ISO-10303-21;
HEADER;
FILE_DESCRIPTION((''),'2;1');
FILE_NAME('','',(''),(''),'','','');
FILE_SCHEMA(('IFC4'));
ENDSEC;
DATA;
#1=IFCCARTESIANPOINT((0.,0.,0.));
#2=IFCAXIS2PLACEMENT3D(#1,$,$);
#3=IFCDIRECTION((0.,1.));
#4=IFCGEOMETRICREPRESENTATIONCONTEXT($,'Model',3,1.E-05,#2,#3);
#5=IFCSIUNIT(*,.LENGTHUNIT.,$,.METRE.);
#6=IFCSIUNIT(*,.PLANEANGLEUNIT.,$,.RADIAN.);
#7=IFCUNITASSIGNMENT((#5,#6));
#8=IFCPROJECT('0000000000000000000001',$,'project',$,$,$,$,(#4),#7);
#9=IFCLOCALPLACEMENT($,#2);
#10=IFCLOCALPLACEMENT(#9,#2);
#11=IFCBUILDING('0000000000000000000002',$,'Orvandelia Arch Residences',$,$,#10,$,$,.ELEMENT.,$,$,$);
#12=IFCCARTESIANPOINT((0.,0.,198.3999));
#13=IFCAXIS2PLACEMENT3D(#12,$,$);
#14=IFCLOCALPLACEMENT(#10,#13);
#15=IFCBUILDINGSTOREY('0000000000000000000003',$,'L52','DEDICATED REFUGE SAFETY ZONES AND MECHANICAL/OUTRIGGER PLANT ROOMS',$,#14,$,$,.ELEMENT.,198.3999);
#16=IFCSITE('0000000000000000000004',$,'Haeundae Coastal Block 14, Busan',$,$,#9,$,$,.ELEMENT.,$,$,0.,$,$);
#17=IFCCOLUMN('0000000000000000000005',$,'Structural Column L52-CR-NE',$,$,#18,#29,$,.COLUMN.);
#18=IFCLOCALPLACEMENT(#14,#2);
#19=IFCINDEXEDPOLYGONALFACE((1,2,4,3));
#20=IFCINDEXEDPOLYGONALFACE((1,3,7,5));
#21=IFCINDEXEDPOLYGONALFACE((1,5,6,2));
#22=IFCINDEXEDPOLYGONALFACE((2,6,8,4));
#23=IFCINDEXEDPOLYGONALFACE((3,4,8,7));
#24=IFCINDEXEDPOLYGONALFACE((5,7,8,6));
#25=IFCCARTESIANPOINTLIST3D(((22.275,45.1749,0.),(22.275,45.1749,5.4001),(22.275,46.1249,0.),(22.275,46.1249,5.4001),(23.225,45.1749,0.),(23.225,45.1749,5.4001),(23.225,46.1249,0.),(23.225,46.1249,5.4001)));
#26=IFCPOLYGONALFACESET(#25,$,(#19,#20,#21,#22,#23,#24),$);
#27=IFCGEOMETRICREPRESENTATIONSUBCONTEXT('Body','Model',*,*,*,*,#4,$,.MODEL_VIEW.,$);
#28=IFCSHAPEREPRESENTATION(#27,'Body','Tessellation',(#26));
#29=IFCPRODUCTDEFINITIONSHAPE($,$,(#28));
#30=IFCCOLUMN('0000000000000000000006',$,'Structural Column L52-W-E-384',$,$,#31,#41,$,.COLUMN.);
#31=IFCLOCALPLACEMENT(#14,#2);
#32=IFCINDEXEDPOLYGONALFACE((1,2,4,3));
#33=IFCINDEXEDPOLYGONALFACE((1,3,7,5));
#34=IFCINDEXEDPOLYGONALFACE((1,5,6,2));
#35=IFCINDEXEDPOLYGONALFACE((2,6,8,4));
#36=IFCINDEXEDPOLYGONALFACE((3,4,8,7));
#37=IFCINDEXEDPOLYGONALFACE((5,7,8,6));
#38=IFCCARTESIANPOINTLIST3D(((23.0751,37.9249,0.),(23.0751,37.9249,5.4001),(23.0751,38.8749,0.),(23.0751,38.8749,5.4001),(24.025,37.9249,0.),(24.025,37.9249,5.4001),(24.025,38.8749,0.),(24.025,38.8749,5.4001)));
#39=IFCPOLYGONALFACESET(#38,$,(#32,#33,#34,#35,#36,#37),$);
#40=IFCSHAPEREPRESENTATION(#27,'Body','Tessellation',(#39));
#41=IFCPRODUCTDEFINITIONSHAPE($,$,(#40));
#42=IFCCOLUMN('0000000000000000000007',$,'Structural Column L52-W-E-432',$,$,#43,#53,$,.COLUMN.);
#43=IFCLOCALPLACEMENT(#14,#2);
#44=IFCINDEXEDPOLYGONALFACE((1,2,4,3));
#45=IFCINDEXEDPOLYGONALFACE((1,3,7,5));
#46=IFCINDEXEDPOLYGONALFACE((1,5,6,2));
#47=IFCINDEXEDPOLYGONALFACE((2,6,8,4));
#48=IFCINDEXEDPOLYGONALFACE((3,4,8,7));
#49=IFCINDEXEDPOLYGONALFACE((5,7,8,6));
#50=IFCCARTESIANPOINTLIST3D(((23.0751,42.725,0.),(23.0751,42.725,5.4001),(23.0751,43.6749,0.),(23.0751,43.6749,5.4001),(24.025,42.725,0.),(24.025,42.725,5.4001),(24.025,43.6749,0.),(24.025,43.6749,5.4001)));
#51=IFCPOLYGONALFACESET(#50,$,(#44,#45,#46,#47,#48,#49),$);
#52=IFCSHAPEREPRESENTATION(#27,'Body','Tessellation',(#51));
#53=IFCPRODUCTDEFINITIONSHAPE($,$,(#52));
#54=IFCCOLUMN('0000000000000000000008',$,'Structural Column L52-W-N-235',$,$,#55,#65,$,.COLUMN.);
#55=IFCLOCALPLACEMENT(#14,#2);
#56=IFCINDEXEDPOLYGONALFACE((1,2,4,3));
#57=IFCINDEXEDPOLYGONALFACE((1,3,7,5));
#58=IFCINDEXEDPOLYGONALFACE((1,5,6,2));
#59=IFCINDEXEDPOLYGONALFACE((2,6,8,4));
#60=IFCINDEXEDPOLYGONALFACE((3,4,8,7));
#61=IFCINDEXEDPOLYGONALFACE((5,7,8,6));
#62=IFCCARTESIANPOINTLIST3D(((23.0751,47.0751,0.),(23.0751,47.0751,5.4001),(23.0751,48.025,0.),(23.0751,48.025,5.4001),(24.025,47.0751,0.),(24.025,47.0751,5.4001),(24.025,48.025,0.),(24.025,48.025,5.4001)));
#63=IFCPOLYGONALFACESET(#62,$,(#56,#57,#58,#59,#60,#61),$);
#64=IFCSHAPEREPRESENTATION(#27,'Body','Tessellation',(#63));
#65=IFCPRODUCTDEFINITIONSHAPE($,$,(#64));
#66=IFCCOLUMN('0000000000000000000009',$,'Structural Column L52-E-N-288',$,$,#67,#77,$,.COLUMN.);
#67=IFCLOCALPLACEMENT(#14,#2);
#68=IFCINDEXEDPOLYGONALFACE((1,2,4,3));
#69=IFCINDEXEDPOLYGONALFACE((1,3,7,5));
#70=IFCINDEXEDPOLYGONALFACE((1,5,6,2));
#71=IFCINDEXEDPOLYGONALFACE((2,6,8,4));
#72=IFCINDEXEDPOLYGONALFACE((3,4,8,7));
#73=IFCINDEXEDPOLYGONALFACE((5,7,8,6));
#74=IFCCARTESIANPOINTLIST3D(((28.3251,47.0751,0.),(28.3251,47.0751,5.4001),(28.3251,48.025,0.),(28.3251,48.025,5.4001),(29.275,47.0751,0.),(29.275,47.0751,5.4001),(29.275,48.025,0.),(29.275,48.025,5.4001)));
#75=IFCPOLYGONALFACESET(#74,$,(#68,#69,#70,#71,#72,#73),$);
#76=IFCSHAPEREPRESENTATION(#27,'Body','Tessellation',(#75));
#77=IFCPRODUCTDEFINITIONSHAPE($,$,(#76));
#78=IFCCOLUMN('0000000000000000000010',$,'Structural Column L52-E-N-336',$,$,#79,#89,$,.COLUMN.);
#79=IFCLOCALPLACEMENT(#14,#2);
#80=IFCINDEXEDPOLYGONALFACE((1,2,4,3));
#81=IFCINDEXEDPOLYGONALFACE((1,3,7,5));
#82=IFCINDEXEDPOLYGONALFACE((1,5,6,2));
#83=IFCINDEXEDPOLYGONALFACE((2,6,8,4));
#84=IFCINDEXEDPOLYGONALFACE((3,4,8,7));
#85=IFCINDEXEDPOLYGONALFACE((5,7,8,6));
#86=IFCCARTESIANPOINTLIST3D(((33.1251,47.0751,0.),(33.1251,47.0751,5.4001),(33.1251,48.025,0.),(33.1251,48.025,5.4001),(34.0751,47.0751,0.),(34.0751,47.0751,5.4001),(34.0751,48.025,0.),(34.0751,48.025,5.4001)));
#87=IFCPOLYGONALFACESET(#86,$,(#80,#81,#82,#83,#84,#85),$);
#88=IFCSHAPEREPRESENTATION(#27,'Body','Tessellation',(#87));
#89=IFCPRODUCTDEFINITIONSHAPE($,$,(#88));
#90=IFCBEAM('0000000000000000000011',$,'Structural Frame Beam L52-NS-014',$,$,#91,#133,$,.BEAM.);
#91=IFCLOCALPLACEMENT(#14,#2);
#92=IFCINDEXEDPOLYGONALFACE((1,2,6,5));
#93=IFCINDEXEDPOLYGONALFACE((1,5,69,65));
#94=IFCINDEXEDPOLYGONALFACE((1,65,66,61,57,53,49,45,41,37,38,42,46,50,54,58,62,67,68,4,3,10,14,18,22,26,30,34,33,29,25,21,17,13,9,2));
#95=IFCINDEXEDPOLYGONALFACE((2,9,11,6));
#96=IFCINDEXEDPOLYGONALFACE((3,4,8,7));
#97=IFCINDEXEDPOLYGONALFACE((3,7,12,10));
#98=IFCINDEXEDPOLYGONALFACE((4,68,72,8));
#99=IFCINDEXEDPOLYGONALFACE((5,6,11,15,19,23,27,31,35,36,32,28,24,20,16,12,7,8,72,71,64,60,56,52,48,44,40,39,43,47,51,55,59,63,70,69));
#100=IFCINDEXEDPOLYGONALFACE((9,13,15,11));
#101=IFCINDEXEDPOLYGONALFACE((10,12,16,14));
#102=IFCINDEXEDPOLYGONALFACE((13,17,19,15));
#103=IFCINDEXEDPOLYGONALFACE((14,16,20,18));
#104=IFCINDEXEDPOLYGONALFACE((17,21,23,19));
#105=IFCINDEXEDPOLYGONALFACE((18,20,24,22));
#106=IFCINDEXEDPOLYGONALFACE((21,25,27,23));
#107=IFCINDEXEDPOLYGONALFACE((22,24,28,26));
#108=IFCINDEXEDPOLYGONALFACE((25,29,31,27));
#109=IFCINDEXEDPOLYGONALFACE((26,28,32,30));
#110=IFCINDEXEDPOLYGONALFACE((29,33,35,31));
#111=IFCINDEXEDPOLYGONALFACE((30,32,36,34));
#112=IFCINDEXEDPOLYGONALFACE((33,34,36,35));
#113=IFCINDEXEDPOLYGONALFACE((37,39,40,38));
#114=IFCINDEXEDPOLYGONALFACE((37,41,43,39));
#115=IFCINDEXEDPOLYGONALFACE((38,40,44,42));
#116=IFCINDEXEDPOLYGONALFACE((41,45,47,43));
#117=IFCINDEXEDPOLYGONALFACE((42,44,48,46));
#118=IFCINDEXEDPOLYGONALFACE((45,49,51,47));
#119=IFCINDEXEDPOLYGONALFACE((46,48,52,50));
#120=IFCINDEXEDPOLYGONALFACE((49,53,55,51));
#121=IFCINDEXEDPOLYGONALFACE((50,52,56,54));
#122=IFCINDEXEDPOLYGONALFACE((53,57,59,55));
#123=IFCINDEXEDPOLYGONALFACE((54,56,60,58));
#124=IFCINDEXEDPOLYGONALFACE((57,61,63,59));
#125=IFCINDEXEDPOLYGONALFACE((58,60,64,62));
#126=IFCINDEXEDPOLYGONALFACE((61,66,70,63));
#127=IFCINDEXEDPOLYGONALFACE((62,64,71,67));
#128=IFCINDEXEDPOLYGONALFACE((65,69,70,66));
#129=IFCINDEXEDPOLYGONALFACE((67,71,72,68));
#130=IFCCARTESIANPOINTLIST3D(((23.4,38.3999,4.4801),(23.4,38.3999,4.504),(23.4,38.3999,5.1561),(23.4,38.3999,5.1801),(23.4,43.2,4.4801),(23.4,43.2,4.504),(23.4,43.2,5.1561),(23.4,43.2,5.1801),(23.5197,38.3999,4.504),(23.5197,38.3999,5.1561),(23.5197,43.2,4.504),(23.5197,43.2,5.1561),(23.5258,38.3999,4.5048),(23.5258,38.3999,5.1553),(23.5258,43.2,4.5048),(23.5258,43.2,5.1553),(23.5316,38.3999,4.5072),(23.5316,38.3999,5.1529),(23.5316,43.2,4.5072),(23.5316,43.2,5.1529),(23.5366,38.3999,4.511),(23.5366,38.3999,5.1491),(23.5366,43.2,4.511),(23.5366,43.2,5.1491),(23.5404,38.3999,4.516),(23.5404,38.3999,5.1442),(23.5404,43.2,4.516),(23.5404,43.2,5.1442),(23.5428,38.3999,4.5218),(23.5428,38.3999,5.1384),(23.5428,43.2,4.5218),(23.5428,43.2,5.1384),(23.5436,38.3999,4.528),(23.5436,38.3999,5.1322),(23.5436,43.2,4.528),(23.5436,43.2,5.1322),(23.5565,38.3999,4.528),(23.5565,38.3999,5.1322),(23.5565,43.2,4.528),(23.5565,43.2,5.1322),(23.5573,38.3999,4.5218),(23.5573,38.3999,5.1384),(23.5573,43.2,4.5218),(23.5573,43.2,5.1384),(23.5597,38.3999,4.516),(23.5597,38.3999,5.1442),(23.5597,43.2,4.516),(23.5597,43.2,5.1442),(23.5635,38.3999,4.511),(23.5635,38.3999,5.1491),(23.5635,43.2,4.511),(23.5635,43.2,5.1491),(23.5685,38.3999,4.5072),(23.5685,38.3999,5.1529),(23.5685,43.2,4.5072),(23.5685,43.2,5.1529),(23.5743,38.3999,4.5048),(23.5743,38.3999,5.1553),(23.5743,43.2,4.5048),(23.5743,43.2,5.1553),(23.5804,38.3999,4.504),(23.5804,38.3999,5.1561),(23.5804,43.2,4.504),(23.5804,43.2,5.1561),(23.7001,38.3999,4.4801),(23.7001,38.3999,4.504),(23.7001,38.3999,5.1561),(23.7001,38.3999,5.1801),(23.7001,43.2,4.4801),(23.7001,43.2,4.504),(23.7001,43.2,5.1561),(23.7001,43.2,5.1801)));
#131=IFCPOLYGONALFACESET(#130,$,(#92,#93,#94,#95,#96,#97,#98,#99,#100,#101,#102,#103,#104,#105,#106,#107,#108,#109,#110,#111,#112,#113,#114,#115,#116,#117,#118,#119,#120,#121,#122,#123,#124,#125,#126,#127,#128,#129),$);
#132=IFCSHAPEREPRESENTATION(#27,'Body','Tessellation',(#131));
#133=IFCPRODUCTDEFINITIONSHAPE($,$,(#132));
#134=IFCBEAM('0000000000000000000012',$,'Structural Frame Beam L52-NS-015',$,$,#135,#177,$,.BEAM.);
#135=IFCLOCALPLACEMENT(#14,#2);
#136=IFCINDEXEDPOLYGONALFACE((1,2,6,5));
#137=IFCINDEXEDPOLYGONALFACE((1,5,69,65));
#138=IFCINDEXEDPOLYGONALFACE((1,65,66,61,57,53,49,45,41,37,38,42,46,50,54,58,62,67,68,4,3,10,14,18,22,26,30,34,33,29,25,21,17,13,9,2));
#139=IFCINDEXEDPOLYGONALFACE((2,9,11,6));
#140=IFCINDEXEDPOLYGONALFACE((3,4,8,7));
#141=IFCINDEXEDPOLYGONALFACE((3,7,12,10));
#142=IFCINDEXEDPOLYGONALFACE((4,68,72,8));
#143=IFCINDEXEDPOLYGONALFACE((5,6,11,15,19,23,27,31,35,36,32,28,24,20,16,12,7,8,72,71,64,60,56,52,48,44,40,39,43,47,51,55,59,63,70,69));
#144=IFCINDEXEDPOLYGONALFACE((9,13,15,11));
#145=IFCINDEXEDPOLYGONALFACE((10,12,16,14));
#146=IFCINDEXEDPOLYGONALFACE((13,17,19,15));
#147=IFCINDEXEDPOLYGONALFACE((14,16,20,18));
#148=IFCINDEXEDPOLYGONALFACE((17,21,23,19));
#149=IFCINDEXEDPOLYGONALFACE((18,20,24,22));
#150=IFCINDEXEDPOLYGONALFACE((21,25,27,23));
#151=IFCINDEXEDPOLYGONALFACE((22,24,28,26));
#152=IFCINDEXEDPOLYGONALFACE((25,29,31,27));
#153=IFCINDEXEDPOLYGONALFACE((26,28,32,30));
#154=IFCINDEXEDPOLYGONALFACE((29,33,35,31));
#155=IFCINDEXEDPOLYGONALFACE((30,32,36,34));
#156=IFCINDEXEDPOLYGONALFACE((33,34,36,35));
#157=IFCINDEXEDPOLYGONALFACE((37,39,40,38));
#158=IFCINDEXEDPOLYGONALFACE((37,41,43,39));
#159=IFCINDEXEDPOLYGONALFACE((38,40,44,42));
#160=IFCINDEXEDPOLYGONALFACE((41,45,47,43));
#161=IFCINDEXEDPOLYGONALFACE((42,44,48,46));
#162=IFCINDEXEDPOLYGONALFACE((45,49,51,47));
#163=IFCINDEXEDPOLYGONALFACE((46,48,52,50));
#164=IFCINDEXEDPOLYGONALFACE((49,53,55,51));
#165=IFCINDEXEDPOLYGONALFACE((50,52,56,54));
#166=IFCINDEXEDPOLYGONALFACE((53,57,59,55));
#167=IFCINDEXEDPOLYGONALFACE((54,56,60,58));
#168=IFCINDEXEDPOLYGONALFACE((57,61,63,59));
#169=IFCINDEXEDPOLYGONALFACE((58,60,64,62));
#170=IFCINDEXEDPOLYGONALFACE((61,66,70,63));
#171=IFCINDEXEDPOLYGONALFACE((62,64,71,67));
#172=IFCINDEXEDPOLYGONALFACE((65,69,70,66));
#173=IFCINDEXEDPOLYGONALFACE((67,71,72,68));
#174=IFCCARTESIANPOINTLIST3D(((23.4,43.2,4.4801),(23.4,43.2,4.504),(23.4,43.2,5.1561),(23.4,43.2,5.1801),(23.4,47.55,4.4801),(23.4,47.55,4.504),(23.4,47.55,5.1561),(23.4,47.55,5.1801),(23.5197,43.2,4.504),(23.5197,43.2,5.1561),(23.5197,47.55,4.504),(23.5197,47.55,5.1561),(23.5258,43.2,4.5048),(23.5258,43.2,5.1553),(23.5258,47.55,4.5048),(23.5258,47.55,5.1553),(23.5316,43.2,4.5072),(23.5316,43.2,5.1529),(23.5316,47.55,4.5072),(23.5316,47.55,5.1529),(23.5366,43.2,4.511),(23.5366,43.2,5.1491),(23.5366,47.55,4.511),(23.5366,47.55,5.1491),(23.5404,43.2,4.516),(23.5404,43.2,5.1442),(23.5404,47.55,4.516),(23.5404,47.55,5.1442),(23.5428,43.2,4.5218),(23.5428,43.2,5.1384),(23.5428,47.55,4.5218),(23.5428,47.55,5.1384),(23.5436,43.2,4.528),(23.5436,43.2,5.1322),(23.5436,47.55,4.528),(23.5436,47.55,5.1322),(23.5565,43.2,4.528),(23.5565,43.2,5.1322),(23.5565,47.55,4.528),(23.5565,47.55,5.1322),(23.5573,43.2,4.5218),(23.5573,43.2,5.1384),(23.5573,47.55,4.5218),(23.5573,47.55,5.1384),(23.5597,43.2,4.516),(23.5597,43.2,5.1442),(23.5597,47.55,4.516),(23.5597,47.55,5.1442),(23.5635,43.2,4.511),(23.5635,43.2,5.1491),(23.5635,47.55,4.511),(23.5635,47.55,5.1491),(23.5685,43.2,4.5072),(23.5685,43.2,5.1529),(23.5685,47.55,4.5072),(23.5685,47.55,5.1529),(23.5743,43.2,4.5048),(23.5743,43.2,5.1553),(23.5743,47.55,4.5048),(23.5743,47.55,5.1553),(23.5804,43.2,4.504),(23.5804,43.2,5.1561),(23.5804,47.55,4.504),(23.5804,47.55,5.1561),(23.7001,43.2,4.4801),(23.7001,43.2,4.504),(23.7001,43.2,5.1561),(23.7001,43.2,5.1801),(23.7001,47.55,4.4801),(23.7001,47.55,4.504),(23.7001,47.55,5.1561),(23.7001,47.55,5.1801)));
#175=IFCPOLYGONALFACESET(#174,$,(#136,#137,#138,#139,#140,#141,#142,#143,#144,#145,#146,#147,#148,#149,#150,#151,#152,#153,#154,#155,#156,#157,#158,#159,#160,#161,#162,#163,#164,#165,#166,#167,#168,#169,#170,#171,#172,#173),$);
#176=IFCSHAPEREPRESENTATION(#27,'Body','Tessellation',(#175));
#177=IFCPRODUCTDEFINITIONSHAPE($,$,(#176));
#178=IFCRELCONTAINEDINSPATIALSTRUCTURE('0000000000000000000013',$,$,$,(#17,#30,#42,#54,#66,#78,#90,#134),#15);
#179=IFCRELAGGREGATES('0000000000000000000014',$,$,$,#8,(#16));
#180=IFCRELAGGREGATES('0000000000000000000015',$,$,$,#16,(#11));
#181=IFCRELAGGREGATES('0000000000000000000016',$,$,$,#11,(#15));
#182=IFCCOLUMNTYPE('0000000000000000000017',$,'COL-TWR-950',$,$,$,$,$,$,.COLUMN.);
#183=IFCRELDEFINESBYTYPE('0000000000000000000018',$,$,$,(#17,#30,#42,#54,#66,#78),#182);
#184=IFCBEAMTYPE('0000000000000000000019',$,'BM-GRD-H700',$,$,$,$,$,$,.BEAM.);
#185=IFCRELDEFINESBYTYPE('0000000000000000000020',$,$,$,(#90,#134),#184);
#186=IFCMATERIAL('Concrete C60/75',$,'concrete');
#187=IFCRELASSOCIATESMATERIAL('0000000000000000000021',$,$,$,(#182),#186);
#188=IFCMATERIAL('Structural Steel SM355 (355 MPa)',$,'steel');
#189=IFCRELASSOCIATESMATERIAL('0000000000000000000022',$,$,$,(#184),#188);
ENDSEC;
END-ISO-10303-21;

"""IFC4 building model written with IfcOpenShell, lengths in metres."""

from ifc_helpers import new_model, si_unit, direction, frame, origin, origin_2d, place, context, subcontext, project, spatial, rectangle, i_section, extrude, material, material_profile, profile_set, type_object, element, save


model = new_model("IFC4")

# Units and contexts
model_context = context("Model", 3, precision=1e-05, world=origin(), true_north=direction((0.0, 1.0)))
body_context = subcontext(model_context, "Body", "Model", "MODEL_VIEW")
ifc_project = project(units=[si_unit("LENGTHUNIT", "METRE"), si_unit("PLANEANGLEUNIT", "RADIAN")], contexts=[model_context])

# Site, building, storey
site_placement = place(None, origin())
site = spatial("IfcSite", under=ifc_project, at=site_placement, Name="Haeundae Coastal Block 14, Busan", CompositionType="ELEMENT", RefElevation=0.0)
building_placement = place(site_placement, origin())
building = spatial("IfcBuilding", under=site, at=building_placement, Name="Orvandelia Arch Residences", CompositionType="ELEMENT")
storey_placement = place(building_placement, frame((0.0, 0.0, 198.3999)))
storey = spatial("IfcBuildingStorey", under=building, at=storey_placement, Name="L52", Description="DEDICATED REFUGE SAFETY ZONES AND MECHANICAL/OUTRIGGER PLANT ROOMS", CompositionType="ELEMENT", Elevation=198.3999)

# Columns
ifc_material_1 = material(Name="Concrete C60/75", Category="concrete")
ifc_material_profile_1 = material_profile(ifc_material_1, rectangle(XDim=0.95, YDim=0.95, at=origin_2d()), Name="Concrete C60/75", Category="concrete")
ifc_profile_set_1 = profile_set([ifc_material_profile_1], Name="Concrete C60/75")
column_type = type_object("IfcColumnType", Name="COL-TWR-950", PredefinedType="COLUMN", material=ifc_profile_set_1)
for number, where, z_axis, x_axis, name in (
    (1, (22.75, 45.6499, 0.0), (0.0, 0.0, 1.0), (1.0, 0.0, 0.0), "Structural Column L52-CR-NE"),
    (2, (23.55, 38.3999, 0.0), (0.0, 0.0, 1.0), (1.0, 0.0, 0.0), "Structural Column L52-W-E-384"),
    (3, (23.55, 43.2, 0.0), (0.0, 0.0, 1.0), (1.0, 0.0, 0.0), "Structural Column L52-W-E-432"),
    (4, (23.55, 47.55, 0.0), (0.0, 0.0, 1.0), (1.0, 0.0, 0.0), "Structural Column L52-W-N-235"),
    (5, (28.8, 47.55, 0.0), (0.0, 0.0, 1.0), (1.0, 0.0, 0.0), "Structural Column L52-E-N-288"),
    (6, (33.6001, 47.55, 0.0), (0.0, 0.0, 1.0), (1.0, 0.0, 0.0), "Structural Column L52-E-N-336"),
):
    element("IfcColumn", number, at=place(storey_placement, frame(where, z_axis=z_axis, x_axis=x_axis)), inside=storey, type_object=column_type, Name=name, PredefinedType="COLUMN", context=body_context, shape_type="SweptSolid", body=[
        extrude(rectangle(XDim=0.95, YDim=0.95, at=origin_2d()), origin(), (0.0, 0.0, 1.0), 5.4001),
    ])

# Beams
ifc_material_2 = material(Name="Structural Steel SM355 (355 MPa)", Category="steel")
ifc_material_profile_2 = material_profile(ifc_material_2, i_section(OverallWidth=0.3, OverallDepth=0.7, WebThickness=0.0129, FlangeThickness=0.0239, FilletRadius=0.0239, at=origin_2d()), Name="Structural Steel SM355 (355 MPa)", Category="steel")
ifc_profile_set_2 = profile_set([ifc_material_profile_2], Name="Structural Steel SM355 (355 MPa)")
beam_type = type_object("IfcBeamType", Name="BM-GRD-H700", PredefinedType="BEAM", material=ifc_profile_set_2)
beam_1_placement = place(storey_placement, frame((23.55, 38.3999, 4.8301), z_axis=(0.0, 1.0, 0.0), x_axis=(-1.0, 0.0, 0.0)))
element("IfcBeam", 7, at=beam_1_placement, inside=storey, type_object=beam_type, Name="Structural Frame Beam L52-NS-014", PredefinedType="BEAM", context=body_context, shape_type="SweptSolid", body=[
    extrude(i_section(OverallWidth=0.3, OverallDepth=0.7, WebThickness=0.0129, FlangeThickness=0.0239, FilletRadius=0.0239, at=origin_2d()), origin(), (0.0, 0.0, 1.0), 4.8),
])
beam_2_placement = place(storey_placement, frame((23.55, 43.2, 4.8301), z_axis=(0.0, 1.0, 0.0), x_axis=(-1.0, 0.0, 0.0)))
element("IfcBeam", 8, at=beam_2_placement, inside=storey, type_object=beam_type, Name="Structural Frame Beam L52-NS-015", PredefinedType="BEAM", context=body_context, shape_type="SweptSolid", body=[
    extrude(i_section(OverallWidth=0.3, OverallDepth=0.7, WebThickness=0.0129, FlangeThickness=0.0239, FilletRadius=0.0239, at=origin_2d()), origin(), (0.0, 0.0, 1.0), 4.3501),
])

save(model, "model.ifc")
